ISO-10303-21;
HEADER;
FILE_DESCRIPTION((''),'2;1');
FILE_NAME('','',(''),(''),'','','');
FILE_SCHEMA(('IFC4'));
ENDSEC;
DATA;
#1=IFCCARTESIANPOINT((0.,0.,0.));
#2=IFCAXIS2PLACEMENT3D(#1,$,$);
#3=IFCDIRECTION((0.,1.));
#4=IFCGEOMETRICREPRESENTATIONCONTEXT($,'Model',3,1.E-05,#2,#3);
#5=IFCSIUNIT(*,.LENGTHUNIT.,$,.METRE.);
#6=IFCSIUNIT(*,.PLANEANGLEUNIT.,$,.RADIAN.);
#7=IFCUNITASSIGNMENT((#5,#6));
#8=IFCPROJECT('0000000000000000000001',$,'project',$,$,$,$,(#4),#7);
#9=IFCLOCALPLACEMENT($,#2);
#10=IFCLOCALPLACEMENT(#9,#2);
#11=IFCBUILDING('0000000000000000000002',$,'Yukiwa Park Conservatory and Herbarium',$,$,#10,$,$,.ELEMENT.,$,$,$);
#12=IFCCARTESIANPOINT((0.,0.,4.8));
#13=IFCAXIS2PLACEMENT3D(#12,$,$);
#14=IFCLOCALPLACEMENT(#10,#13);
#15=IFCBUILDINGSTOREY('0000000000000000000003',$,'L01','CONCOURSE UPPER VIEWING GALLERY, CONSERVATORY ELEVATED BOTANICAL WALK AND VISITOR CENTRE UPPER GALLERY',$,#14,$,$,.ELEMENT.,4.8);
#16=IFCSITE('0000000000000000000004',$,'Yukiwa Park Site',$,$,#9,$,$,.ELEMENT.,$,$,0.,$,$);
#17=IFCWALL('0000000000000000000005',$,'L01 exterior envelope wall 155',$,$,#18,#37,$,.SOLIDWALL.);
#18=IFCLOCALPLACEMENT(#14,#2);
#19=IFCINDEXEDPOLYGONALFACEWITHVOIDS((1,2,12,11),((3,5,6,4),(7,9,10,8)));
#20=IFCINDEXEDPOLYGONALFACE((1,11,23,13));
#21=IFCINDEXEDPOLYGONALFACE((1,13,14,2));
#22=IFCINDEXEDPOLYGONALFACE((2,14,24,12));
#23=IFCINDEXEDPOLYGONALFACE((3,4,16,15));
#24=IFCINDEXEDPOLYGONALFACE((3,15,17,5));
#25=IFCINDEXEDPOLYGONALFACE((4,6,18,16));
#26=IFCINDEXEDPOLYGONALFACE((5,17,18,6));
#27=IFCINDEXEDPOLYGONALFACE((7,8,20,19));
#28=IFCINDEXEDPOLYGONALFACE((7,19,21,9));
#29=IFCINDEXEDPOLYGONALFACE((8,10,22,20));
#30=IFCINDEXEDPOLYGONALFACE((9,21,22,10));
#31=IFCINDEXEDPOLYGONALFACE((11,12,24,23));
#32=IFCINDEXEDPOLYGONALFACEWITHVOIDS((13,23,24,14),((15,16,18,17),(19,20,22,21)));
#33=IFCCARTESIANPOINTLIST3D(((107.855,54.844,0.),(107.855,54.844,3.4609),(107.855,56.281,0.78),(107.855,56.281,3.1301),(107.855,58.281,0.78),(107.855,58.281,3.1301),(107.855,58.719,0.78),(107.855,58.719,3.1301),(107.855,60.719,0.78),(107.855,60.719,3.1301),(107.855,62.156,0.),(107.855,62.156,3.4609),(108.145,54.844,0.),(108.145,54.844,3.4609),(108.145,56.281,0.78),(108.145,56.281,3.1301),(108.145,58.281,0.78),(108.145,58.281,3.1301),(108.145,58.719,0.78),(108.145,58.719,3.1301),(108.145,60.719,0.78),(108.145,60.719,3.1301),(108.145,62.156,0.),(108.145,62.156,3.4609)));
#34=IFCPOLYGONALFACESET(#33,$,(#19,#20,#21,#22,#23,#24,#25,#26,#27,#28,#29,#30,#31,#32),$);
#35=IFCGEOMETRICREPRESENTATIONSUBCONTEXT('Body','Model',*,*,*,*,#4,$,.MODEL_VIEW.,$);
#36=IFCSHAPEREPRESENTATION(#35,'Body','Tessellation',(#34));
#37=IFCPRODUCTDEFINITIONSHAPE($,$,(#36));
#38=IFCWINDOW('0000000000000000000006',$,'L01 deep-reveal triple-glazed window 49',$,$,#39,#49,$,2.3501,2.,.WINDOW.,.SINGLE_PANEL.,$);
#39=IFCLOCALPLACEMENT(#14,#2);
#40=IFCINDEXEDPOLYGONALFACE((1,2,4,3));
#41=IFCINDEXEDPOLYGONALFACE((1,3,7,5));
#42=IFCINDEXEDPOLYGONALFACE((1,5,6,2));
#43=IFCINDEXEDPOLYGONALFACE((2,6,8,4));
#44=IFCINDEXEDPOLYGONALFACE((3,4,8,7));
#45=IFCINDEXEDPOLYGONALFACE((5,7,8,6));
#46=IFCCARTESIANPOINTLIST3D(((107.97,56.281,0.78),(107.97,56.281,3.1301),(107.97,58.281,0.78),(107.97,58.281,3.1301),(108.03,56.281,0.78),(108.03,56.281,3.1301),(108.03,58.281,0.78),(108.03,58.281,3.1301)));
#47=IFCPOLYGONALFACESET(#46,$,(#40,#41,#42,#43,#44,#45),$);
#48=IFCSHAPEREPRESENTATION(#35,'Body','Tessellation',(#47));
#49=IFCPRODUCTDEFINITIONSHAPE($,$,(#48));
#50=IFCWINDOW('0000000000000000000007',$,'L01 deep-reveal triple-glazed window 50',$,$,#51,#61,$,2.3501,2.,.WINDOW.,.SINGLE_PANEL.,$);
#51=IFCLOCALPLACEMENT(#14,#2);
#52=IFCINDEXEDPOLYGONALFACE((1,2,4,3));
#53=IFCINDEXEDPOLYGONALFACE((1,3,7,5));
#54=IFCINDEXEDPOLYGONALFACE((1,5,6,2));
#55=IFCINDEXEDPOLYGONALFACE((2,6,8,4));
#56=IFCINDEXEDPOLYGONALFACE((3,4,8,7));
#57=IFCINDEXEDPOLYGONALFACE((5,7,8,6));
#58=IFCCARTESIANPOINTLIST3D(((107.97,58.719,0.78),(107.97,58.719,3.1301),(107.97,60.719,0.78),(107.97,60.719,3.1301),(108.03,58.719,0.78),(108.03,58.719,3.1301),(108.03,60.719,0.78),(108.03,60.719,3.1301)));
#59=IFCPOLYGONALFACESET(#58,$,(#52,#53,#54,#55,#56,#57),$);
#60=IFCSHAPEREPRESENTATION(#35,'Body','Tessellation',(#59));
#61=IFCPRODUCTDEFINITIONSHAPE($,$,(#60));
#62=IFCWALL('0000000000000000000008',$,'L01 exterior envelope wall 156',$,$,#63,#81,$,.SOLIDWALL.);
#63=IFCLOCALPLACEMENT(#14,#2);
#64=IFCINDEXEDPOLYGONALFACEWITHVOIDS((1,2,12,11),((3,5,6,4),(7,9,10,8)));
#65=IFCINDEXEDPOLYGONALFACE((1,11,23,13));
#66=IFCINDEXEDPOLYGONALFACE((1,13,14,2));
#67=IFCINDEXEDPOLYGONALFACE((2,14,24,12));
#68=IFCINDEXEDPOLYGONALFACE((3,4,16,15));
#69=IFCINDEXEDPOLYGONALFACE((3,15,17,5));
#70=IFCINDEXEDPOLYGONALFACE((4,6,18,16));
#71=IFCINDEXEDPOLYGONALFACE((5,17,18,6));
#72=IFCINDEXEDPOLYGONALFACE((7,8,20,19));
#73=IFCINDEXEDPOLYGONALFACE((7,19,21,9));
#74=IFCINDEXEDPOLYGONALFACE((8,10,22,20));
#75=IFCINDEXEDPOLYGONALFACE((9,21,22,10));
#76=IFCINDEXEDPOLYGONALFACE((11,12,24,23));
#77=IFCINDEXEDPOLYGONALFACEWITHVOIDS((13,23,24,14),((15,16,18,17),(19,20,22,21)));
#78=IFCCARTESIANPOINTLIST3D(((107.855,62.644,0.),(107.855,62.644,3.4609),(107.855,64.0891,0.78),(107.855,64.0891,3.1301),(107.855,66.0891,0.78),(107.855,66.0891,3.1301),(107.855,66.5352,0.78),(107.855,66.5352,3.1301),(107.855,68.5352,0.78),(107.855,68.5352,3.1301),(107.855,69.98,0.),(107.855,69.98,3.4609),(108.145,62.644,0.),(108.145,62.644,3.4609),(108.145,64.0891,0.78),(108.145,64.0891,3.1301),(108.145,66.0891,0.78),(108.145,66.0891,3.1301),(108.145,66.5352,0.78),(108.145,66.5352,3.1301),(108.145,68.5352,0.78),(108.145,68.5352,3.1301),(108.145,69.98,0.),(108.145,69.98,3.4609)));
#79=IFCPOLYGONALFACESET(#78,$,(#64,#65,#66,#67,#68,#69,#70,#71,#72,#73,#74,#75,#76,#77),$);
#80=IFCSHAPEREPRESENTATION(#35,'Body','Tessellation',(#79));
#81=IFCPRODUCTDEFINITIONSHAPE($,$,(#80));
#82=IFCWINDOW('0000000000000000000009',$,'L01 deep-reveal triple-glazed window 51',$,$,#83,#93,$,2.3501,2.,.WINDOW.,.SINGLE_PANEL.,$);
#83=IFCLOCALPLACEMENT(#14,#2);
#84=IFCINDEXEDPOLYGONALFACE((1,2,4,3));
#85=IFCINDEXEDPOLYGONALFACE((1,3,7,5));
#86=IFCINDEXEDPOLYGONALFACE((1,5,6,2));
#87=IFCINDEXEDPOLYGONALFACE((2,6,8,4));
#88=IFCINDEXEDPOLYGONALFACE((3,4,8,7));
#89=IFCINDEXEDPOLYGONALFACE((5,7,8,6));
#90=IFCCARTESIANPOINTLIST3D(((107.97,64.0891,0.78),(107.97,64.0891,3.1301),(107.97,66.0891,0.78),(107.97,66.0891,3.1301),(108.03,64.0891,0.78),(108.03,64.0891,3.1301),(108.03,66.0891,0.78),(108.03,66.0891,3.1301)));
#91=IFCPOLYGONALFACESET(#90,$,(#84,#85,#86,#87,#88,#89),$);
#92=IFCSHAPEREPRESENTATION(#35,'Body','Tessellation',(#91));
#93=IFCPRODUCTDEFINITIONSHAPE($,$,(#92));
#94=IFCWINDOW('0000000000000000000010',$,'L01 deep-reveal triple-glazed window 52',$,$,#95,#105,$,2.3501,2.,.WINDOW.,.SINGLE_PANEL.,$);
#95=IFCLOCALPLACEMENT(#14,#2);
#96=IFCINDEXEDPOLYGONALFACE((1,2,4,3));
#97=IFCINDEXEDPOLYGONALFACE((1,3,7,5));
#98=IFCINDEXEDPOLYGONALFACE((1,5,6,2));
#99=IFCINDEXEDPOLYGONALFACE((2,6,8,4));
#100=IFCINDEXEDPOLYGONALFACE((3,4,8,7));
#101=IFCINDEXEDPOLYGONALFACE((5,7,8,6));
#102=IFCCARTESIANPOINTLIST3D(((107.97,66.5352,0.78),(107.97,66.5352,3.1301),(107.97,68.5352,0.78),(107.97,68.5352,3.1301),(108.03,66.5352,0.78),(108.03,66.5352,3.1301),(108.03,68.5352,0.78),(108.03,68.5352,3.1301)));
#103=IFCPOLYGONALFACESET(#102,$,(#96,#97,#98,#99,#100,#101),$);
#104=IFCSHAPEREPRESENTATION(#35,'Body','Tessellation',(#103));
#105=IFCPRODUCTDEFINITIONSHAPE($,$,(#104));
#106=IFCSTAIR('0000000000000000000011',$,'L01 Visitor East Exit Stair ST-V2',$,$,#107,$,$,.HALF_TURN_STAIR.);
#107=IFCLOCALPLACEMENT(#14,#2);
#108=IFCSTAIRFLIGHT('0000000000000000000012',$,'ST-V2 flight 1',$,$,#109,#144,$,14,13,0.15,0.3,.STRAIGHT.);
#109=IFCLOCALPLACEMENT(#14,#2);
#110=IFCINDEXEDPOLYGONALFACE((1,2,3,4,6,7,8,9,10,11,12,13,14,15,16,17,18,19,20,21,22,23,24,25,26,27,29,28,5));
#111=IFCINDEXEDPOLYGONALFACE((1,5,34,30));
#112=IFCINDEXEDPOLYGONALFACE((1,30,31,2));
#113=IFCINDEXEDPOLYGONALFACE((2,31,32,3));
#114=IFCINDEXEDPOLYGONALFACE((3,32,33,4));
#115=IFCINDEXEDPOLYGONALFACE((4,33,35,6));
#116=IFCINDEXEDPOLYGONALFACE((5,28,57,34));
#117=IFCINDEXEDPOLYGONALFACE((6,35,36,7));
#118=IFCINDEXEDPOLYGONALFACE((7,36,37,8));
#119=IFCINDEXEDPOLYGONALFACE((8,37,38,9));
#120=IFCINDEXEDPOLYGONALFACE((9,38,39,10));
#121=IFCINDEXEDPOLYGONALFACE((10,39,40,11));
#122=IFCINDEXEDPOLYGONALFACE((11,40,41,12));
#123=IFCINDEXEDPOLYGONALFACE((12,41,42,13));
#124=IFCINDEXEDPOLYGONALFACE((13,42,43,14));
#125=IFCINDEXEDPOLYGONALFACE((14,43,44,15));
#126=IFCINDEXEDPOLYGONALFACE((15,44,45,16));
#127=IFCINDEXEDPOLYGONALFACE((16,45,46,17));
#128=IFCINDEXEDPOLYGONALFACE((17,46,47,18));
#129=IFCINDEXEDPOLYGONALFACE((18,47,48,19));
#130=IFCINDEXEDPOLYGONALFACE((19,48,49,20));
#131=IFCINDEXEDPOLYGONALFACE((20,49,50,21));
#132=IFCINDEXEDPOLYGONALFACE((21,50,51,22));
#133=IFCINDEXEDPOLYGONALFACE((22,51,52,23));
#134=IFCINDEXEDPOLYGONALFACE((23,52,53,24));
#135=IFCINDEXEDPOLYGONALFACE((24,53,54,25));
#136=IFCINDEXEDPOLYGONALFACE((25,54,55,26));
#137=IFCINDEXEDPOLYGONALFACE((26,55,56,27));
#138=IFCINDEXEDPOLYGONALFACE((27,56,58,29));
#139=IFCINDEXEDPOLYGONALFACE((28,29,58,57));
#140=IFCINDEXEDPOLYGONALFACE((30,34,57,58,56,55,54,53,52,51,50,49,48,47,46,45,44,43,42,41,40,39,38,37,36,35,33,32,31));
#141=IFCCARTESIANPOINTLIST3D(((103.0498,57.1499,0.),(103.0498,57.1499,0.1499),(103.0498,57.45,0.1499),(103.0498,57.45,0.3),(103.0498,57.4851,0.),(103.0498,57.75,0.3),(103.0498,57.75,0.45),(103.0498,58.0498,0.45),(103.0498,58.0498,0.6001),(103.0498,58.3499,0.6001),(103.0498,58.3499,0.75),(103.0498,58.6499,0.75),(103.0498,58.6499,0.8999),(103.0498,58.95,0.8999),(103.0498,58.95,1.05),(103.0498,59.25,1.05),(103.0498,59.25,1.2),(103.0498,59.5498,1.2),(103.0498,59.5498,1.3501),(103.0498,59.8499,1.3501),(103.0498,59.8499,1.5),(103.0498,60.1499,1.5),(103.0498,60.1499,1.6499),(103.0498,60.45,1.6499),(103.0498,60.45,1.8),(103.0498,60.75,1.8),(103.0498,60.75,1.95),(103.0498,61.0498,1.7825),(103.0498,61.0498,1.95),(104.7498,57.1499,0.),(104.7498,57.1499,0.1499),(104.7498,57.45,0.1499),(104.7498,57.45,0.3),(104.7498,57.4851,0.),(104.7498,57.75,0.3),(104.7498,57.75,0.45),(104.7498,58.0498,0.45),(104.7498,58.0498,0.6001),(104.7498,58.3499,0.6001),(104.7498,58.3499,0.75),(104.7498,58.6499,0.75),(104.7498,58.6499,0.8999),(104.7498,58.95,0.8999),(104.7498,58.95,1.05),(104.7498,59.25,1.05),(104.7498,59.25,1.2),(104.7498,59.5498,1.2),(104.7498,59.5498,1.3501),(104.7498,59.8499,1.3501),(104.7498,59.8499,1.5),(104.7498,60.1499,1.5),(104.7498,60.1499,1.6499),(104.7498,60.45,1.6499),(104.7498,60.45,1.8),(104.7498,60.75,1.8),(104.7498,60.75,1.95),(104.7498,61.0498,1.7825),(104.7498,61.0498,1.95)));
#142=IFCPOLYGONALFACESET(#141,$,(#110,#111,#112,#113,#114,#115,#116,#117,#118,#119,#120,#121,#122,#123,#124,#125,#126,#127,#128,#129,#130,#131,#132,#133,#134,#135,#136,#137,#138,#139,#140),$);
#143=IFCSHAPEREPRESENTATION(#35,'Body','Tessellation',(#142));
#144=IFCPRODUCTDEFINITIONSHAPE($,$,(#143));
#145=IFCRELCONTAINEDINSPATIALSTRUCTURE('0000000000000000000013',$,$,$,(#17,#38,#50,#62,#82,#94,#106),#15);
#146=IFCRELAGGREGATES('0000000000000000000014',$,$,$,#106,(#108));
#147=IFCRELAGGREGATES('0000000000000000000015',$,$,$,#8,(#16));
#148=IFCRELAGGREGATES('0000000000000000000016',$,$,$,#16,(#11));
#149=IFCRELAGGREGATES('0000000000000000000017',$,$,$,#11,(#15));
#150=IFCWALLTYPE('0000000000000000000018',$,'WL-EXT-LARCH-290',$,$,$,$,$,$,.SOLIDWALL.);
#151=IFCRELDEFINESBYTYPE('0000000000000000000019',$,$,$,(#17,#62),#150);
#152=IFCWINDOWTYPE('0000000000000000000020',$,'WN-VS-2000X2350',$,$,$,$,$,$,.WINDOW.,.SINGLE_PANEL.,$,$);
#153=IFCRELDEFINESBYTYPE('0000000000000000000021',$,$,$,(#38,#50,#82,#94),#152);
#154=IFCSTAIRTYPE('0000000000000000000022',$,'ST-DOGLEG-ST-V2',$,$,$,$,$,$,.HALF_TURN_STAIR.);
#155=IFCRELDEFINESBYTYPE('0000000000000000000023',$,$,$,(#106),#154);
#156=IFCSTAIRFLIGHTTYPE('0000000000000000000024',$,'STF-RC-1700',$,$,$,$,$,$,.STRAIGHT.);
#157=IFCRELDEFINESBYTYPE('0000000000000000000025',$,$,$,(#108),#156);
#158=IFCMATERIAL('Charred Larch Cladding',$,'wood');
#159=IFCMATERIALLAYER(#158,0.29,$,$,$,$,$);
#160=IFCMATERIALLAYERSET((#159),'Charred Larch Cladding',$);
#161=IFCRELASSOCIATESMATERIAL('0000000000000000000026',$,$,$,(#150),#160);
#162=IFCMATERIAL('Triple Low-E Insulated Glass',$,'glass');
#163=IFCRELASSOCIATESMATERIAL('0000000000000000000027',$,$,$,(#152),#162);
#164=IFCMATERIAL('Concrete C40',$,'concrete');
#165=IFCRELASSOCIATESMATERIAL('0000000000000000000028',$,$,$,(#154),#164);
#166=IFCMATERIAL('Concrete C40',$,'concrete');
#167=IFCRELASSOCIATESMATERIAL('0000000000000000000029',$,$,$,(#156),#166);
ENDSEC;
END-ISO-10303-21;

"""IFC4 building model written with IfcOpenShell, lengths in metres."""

from ifc_helpers import new_model, si_unit, direction, frame, frame_2d, origin, place, context, subcontext, project, spatial, polyline, rectangle, outline, extrude, material, layer, layer_set, type_object, element, fill, aggregate, save


model = new_model("IFC4")

# Units and contexts
model_context = context("Model", 3, precision=1e-05, world=origin(), true_north=direction((0.0, 1.0)))
body_context = subcontext(model_context, "Body", "Model", "MODEL_VIEW")
ifc_project = project(units=[si_unit("LENGTHUNIT", "METRE"), si_unit("PLANEANGLEUNIT", "RADIAN")], contexts=[model_context])

# Site, building, storey
site_placement = place(None, origin())
site = spatial("IfcSite", under=ifc_project, at=site_placement, Name="Yukiwa Park Site", CompositionType="ELEMENT", RefElevation=0.0)
building_placement = place(site_placement, origin())
building = spatial("IfcBuilding", under=site, at=building_placement, Name="Yukiwa Park Conservatory and Herbarium", CompositionType="ELEMENT")
storey_placement = place(building_placement, frame((0.0, 0.0, 4.8)))
storey = spatial("IfcBuildingStorey", under=building, at=storey_placement, Name="L01", Description="CONCOURSE UPPER VIEWING GALLERY, CONSERVATORY ELEVATED BOTANICAL WALK AND VISITOR CENTRE UPPER GALLERY", CompositionType="ELEMENT", Elevation=4.8)

# Walls, openings, windows
ifc_material_1 = material(Name="Charred Larch Cladding", Category="wood")
ifc_layer_1 = layer(ifc_material_1, 0.29)
ifc_layer_set_1 = layer_set([ifc_layer_1], Name="Charred Larch Cladding")
wall_type_1 = type_object("IfcWallType", Name="WL-EXT-LARCH-290", PredefinedType="SOLIDWALL", material=ifc_layer_set_1)
wall_1_placement = place(storey_placement, frame((108.0, 54.844, 0.0), z_axis=(0.0, 0.0, 1.0), x_axis=(0.0, 1.0, 0.0)))
wall_1 = element("IfcWall", 1, at=wall_1_placement, inside=storey, type_object=wall_type_1, Name="L01 exterior envelope wall 155", PredefinedType="SOLIDWALL", context=body_context, shape_type="SweptSolid", body=[
    extrude(rectangle(XDim=7.312, YDim=0.29, at=frame_2d((3.656, 0.0))), origin(), (0.0, 0.0, 1.0), 3.4609),
])
opening_1_placement = place(wall_1_placement, frame((1.437, 0.0, 0.78)))
opening_1 = element("IfcOpeningElement", 2, at=opening_1_placement, cuts=wall_1, PredefinedType="OPENING", context=body_context, shape_type="SweptSolid", body=[
    extrude(rectangle(XDim=2.0, YDim=2.3501, at=frame_2d((1.0, 1.175))), frame((0.0, 0.155, 0.0), z_axis=(0.0, -1.0, 0.0), x_axis=(1.0, 0.0, 0.0)), (0.0, 0.0, 1.0), 0.3101),
])
opening_2_placement = place(wall_1_placement, frame((3.875, 0.0, 0.78)))
opening_2 = element("IfcOpeningElement", 3, at=opening_2_placement, cuts=wall_1, PredefinedType="OPENING", context=body_context, shape_type="SweptSolid", body=[
    extrude(rectangle(XDim=2.0, YDim=2.3501, at=frame_2d((1.0, 1.175))), frame((0.0, 0.155, 0.0), z_axis=(0.0, -1.0, 0.0), x_axis=(1.0, 0.0, 0.0)), (0.0, 0.0, 1.0), 0.3101),
])
ifc_material_2 = material(Name="Triple Low-E Insulated Glass", Category="glass")
window_type = type_object("IfcWindowType", Name="WN-VS-2000X2350", PartitioningType="SINGLE_PANEL", PredefinedType="WINDOW", material=ifc_material_2)
window_1_placement = place(opening_1_placement, origin())
window_1 = element("IfcWindow", 4, at=window_1_placement, inside=storey, type_object=window_type, Name="L01 deep-reveal triple-glazed window 49", OverallHeight=2.3501, OverallWidth=2.0, PartitioningType="SINGLE_PANEL", PredefinedType="WINDOW", context=body_context, shape_type="SweptSolid", body=[
    extrude(rectangle(XDim=2.0, YDim=2.3501, at=frame_2d((1.0, 1.175))), frame((0.0, 0.03, 0.0), z_axis=(0.0, -1.0, 0.0), x_axis=(1.0, 0.0, 0.0)), (0.0, 0.0, 1.0), 0.0601),
])
fill(opening_1, window_1)
window_2_placement = place(opening_2_placement, origin())
window_2 = element("IfcWindow", 5, at=window_2_placement, inside=storey, type_object=window_type, Name="L01 deep-reveal triple-glazed window 50", OverallHeight=2.3501, OverallWidth=2.0, PartitioningType="SINGLE_PANEL", PredefinedType="WINDOW", context=body_context, shape_type="SweptSolid", body=[
    extrude(rectangle(XDim=2.0, YDim=2.3501, at=frame_2d((1.0, 1.175))), frame((0.0, 0.03, 0.0), z_axis=(0.0, -1.0, 0.0), x_axis=(1.0, 0.0, 0.0)), (0.0, 0.0, 1.0), 0.0601),
])
fill(opening_2, window_2)
wall_2_placement = place(storey_placement, frame((108.0, 62.644, 0.0), z_axis=(0.0, 0.0, 1.0), x_axis=(0.0, 1.0, 0.0)))
wall_2 = element("IfcWall", 6, at=wall_2_placement, inside=storey, type_object=wall_type_1, Name="L01 exterior envelope wall 156", PredefinedType="SOLIDWALL", context=body_context, shape_type="SweptSolid", body=[
    extrude(rectangle(XDim=7.3359, YDim=0.29, at=frame_2d((3.668, 0.0))), origin(), (0.0, 0.0, 1.0), 3.4609),
])
opening_3_placement = place(wall_2_placement, frame((1.4451, 0.0, 0.78)))
opening_3 = element("IfcOpeningElement", 7, at=opening_3_placement, cuts=wall_2, PredefinedType="OPENING", context=body_context, shape_type="SweptSolid", body=[
    extrude(rectangle(XDim=2.0, YDim=2.3501, at=frame_2d((1.0, 1.175))), frame((0.0, 0.155, 0.0), z_axis=(0.0, -1.0, 0.0), x_axis=(1.0, 0.0, 0.0)), (0.0, 0.0, 1.0), 0.3101),
])
opening_4_placement = place(wall_2_placement, frame((3.8911, 0.0, 0.78)))
opening_4 = element("IfcOpeningElement", 8, at=opening_4_placement, cuts=wall_2, PredefinedType="OPENING", context=body_context, shape_type="SweptSolid", body=[
    extrude(rectangle(XDim=2.0, YDim=2.3501, at=frame_2d((1.0, 1.175))), frame((0.0, 0.155, 0.0), z_axis=(0.0, -1.0, 0.0), x_axis=(1.0, 0.0, 0.0)), (0.0, 0.0, 1.0), 0.3101),
])
window_3_placement = place(opening_3_placement, origin())
window_3 = element("IfcWindow", 9, at=window_3_placement, inside=storey, type_object=window_type, Name="L01 deep-reveal triple-glazed window 51", OverallHeight=2.3501, OverallWidth=2.0, PartitioningType="SINGLE_PANEL", PredefinedType="WINDOW", context=body_context, shape_type="SweptSolid", body=[
    extrude(rectangle(XDim=2.0, YDim=2.3501, at=frame_2d((1.0, 1.175))), frame((0.0, 0.03, 0.0), z_axis=(0.0, -1.0, 0.0), x_axis=(1.0, 0.0, 0.0)), (0.0, 0.0, 1.0), 0.0601),
])
fill(opening_3, window_3)
window_4_placement = place(opening_4_placement, origin())
window_4 = element("IfcWindow", 10, at=window_4_placement, inside=storey, type_object=window_type, Name="L01 deep-reveal triple-glazed window 52", OverallHeight=2.3501, OverallWidth=2.0, PartitioningType="SINGLE_PANEL", PredefinedType="WINDOW", context=body_context, shape_type="SweptSolid", body=[
    extrude(rectangle(XDim=2.0, YDim=2.3501, at=frame_2d((1.0, 1.175))), frame((0.0, 0.03, 0.0), z_axis=(0.0, -1.0, 0.0), x_axis=(1.0, 0.0, 0.0)), (0.0, 0.0, 1.0), 0.0601),
])
fill(opening_4, window_4)

# Stair, stair flight
ifc_material_3 = material(Name="Concrete C40", Category="concrete")
stair_type = type_object("IfcStairType", Name="ST-DOGLEG-ST-V2", PredefinedType="HALF_TURN_STAIR", material=ifc_material_3)
stair_placement = place(storey_placement, origin())
stair = element("IfcStair", 11, at=stair_placement, inside=storey, type_object=stair_type, Name="L01 Visitor East Exit Stair ST-V2", PredefinedType="HALF_TURN_STAIR")
ifc_material_4 = material(Name="Concrete C40", Category="concrete")
stair_flight_type = type_object("IfcStairFlightType", Name="STF-RC-1700", PredefinedType="STRAIGHT", material=ifc_material_4)
stair_flight_1_placement = place(storey_placement, frame((103.8999, 57.1499, 0.0), z_axis=(0.0, 0.0, 1.0), x_axis=(0.0, 1.0, 0.0)))
stair_flight_1 = element("IfcStairFlight", 12, at=stair_flight_1_placement, type_object=stair_flight_type, Name="ST-V2 flight 1", NumberOfRisers=14, NumberOfTreads=13, PredefinedType="STRAIGHT", RiserHeight=0.15, TreadLength=0.3, context=body_context, shape_type="SweptSolid", body=[
    extrude(outline(polyline([(0.0, 0.0), (0.0, 0.1499), (0.3, 0.1499), (0.3, 0.3), (0.6001, 0.3), (0.6001, 0.45), (0.8999, 0.45), (0.8999, 0.6001), (1.2, 0.6001), (1.2, 0.75), (1.5, 0.75), (1.5, 0.8999), (1.8, 0.8999), (1.8, 1.05), (2.1001, 1.05), (2.1001, 1.2), (2.3999, 1.2), (2.3999, 1.3501), (2.7, 1.3501), (2.7, 1.5), (3.0, 1.5), (3.0, 1.6499), (3.3, 1.6499), (3.3, 1.8), (3.6001, 1.8), (3.6001, 1.95), (3.8999, 1.95), (3.8999, 2.1001), (3.8999, 1.7825), (0.3352, 0.0), (0.0, 0.0)])), frame((0.0, 0.8501, 0.0), z_axis=(0.0, -1.0, 0.0), x_axis=(1.0, 0.0, 0.0)), (0.0, 0.0, 1.0), 1.7),
])
aggregate(stair, [stair_flight_1])

save(model, "model.ifc")
